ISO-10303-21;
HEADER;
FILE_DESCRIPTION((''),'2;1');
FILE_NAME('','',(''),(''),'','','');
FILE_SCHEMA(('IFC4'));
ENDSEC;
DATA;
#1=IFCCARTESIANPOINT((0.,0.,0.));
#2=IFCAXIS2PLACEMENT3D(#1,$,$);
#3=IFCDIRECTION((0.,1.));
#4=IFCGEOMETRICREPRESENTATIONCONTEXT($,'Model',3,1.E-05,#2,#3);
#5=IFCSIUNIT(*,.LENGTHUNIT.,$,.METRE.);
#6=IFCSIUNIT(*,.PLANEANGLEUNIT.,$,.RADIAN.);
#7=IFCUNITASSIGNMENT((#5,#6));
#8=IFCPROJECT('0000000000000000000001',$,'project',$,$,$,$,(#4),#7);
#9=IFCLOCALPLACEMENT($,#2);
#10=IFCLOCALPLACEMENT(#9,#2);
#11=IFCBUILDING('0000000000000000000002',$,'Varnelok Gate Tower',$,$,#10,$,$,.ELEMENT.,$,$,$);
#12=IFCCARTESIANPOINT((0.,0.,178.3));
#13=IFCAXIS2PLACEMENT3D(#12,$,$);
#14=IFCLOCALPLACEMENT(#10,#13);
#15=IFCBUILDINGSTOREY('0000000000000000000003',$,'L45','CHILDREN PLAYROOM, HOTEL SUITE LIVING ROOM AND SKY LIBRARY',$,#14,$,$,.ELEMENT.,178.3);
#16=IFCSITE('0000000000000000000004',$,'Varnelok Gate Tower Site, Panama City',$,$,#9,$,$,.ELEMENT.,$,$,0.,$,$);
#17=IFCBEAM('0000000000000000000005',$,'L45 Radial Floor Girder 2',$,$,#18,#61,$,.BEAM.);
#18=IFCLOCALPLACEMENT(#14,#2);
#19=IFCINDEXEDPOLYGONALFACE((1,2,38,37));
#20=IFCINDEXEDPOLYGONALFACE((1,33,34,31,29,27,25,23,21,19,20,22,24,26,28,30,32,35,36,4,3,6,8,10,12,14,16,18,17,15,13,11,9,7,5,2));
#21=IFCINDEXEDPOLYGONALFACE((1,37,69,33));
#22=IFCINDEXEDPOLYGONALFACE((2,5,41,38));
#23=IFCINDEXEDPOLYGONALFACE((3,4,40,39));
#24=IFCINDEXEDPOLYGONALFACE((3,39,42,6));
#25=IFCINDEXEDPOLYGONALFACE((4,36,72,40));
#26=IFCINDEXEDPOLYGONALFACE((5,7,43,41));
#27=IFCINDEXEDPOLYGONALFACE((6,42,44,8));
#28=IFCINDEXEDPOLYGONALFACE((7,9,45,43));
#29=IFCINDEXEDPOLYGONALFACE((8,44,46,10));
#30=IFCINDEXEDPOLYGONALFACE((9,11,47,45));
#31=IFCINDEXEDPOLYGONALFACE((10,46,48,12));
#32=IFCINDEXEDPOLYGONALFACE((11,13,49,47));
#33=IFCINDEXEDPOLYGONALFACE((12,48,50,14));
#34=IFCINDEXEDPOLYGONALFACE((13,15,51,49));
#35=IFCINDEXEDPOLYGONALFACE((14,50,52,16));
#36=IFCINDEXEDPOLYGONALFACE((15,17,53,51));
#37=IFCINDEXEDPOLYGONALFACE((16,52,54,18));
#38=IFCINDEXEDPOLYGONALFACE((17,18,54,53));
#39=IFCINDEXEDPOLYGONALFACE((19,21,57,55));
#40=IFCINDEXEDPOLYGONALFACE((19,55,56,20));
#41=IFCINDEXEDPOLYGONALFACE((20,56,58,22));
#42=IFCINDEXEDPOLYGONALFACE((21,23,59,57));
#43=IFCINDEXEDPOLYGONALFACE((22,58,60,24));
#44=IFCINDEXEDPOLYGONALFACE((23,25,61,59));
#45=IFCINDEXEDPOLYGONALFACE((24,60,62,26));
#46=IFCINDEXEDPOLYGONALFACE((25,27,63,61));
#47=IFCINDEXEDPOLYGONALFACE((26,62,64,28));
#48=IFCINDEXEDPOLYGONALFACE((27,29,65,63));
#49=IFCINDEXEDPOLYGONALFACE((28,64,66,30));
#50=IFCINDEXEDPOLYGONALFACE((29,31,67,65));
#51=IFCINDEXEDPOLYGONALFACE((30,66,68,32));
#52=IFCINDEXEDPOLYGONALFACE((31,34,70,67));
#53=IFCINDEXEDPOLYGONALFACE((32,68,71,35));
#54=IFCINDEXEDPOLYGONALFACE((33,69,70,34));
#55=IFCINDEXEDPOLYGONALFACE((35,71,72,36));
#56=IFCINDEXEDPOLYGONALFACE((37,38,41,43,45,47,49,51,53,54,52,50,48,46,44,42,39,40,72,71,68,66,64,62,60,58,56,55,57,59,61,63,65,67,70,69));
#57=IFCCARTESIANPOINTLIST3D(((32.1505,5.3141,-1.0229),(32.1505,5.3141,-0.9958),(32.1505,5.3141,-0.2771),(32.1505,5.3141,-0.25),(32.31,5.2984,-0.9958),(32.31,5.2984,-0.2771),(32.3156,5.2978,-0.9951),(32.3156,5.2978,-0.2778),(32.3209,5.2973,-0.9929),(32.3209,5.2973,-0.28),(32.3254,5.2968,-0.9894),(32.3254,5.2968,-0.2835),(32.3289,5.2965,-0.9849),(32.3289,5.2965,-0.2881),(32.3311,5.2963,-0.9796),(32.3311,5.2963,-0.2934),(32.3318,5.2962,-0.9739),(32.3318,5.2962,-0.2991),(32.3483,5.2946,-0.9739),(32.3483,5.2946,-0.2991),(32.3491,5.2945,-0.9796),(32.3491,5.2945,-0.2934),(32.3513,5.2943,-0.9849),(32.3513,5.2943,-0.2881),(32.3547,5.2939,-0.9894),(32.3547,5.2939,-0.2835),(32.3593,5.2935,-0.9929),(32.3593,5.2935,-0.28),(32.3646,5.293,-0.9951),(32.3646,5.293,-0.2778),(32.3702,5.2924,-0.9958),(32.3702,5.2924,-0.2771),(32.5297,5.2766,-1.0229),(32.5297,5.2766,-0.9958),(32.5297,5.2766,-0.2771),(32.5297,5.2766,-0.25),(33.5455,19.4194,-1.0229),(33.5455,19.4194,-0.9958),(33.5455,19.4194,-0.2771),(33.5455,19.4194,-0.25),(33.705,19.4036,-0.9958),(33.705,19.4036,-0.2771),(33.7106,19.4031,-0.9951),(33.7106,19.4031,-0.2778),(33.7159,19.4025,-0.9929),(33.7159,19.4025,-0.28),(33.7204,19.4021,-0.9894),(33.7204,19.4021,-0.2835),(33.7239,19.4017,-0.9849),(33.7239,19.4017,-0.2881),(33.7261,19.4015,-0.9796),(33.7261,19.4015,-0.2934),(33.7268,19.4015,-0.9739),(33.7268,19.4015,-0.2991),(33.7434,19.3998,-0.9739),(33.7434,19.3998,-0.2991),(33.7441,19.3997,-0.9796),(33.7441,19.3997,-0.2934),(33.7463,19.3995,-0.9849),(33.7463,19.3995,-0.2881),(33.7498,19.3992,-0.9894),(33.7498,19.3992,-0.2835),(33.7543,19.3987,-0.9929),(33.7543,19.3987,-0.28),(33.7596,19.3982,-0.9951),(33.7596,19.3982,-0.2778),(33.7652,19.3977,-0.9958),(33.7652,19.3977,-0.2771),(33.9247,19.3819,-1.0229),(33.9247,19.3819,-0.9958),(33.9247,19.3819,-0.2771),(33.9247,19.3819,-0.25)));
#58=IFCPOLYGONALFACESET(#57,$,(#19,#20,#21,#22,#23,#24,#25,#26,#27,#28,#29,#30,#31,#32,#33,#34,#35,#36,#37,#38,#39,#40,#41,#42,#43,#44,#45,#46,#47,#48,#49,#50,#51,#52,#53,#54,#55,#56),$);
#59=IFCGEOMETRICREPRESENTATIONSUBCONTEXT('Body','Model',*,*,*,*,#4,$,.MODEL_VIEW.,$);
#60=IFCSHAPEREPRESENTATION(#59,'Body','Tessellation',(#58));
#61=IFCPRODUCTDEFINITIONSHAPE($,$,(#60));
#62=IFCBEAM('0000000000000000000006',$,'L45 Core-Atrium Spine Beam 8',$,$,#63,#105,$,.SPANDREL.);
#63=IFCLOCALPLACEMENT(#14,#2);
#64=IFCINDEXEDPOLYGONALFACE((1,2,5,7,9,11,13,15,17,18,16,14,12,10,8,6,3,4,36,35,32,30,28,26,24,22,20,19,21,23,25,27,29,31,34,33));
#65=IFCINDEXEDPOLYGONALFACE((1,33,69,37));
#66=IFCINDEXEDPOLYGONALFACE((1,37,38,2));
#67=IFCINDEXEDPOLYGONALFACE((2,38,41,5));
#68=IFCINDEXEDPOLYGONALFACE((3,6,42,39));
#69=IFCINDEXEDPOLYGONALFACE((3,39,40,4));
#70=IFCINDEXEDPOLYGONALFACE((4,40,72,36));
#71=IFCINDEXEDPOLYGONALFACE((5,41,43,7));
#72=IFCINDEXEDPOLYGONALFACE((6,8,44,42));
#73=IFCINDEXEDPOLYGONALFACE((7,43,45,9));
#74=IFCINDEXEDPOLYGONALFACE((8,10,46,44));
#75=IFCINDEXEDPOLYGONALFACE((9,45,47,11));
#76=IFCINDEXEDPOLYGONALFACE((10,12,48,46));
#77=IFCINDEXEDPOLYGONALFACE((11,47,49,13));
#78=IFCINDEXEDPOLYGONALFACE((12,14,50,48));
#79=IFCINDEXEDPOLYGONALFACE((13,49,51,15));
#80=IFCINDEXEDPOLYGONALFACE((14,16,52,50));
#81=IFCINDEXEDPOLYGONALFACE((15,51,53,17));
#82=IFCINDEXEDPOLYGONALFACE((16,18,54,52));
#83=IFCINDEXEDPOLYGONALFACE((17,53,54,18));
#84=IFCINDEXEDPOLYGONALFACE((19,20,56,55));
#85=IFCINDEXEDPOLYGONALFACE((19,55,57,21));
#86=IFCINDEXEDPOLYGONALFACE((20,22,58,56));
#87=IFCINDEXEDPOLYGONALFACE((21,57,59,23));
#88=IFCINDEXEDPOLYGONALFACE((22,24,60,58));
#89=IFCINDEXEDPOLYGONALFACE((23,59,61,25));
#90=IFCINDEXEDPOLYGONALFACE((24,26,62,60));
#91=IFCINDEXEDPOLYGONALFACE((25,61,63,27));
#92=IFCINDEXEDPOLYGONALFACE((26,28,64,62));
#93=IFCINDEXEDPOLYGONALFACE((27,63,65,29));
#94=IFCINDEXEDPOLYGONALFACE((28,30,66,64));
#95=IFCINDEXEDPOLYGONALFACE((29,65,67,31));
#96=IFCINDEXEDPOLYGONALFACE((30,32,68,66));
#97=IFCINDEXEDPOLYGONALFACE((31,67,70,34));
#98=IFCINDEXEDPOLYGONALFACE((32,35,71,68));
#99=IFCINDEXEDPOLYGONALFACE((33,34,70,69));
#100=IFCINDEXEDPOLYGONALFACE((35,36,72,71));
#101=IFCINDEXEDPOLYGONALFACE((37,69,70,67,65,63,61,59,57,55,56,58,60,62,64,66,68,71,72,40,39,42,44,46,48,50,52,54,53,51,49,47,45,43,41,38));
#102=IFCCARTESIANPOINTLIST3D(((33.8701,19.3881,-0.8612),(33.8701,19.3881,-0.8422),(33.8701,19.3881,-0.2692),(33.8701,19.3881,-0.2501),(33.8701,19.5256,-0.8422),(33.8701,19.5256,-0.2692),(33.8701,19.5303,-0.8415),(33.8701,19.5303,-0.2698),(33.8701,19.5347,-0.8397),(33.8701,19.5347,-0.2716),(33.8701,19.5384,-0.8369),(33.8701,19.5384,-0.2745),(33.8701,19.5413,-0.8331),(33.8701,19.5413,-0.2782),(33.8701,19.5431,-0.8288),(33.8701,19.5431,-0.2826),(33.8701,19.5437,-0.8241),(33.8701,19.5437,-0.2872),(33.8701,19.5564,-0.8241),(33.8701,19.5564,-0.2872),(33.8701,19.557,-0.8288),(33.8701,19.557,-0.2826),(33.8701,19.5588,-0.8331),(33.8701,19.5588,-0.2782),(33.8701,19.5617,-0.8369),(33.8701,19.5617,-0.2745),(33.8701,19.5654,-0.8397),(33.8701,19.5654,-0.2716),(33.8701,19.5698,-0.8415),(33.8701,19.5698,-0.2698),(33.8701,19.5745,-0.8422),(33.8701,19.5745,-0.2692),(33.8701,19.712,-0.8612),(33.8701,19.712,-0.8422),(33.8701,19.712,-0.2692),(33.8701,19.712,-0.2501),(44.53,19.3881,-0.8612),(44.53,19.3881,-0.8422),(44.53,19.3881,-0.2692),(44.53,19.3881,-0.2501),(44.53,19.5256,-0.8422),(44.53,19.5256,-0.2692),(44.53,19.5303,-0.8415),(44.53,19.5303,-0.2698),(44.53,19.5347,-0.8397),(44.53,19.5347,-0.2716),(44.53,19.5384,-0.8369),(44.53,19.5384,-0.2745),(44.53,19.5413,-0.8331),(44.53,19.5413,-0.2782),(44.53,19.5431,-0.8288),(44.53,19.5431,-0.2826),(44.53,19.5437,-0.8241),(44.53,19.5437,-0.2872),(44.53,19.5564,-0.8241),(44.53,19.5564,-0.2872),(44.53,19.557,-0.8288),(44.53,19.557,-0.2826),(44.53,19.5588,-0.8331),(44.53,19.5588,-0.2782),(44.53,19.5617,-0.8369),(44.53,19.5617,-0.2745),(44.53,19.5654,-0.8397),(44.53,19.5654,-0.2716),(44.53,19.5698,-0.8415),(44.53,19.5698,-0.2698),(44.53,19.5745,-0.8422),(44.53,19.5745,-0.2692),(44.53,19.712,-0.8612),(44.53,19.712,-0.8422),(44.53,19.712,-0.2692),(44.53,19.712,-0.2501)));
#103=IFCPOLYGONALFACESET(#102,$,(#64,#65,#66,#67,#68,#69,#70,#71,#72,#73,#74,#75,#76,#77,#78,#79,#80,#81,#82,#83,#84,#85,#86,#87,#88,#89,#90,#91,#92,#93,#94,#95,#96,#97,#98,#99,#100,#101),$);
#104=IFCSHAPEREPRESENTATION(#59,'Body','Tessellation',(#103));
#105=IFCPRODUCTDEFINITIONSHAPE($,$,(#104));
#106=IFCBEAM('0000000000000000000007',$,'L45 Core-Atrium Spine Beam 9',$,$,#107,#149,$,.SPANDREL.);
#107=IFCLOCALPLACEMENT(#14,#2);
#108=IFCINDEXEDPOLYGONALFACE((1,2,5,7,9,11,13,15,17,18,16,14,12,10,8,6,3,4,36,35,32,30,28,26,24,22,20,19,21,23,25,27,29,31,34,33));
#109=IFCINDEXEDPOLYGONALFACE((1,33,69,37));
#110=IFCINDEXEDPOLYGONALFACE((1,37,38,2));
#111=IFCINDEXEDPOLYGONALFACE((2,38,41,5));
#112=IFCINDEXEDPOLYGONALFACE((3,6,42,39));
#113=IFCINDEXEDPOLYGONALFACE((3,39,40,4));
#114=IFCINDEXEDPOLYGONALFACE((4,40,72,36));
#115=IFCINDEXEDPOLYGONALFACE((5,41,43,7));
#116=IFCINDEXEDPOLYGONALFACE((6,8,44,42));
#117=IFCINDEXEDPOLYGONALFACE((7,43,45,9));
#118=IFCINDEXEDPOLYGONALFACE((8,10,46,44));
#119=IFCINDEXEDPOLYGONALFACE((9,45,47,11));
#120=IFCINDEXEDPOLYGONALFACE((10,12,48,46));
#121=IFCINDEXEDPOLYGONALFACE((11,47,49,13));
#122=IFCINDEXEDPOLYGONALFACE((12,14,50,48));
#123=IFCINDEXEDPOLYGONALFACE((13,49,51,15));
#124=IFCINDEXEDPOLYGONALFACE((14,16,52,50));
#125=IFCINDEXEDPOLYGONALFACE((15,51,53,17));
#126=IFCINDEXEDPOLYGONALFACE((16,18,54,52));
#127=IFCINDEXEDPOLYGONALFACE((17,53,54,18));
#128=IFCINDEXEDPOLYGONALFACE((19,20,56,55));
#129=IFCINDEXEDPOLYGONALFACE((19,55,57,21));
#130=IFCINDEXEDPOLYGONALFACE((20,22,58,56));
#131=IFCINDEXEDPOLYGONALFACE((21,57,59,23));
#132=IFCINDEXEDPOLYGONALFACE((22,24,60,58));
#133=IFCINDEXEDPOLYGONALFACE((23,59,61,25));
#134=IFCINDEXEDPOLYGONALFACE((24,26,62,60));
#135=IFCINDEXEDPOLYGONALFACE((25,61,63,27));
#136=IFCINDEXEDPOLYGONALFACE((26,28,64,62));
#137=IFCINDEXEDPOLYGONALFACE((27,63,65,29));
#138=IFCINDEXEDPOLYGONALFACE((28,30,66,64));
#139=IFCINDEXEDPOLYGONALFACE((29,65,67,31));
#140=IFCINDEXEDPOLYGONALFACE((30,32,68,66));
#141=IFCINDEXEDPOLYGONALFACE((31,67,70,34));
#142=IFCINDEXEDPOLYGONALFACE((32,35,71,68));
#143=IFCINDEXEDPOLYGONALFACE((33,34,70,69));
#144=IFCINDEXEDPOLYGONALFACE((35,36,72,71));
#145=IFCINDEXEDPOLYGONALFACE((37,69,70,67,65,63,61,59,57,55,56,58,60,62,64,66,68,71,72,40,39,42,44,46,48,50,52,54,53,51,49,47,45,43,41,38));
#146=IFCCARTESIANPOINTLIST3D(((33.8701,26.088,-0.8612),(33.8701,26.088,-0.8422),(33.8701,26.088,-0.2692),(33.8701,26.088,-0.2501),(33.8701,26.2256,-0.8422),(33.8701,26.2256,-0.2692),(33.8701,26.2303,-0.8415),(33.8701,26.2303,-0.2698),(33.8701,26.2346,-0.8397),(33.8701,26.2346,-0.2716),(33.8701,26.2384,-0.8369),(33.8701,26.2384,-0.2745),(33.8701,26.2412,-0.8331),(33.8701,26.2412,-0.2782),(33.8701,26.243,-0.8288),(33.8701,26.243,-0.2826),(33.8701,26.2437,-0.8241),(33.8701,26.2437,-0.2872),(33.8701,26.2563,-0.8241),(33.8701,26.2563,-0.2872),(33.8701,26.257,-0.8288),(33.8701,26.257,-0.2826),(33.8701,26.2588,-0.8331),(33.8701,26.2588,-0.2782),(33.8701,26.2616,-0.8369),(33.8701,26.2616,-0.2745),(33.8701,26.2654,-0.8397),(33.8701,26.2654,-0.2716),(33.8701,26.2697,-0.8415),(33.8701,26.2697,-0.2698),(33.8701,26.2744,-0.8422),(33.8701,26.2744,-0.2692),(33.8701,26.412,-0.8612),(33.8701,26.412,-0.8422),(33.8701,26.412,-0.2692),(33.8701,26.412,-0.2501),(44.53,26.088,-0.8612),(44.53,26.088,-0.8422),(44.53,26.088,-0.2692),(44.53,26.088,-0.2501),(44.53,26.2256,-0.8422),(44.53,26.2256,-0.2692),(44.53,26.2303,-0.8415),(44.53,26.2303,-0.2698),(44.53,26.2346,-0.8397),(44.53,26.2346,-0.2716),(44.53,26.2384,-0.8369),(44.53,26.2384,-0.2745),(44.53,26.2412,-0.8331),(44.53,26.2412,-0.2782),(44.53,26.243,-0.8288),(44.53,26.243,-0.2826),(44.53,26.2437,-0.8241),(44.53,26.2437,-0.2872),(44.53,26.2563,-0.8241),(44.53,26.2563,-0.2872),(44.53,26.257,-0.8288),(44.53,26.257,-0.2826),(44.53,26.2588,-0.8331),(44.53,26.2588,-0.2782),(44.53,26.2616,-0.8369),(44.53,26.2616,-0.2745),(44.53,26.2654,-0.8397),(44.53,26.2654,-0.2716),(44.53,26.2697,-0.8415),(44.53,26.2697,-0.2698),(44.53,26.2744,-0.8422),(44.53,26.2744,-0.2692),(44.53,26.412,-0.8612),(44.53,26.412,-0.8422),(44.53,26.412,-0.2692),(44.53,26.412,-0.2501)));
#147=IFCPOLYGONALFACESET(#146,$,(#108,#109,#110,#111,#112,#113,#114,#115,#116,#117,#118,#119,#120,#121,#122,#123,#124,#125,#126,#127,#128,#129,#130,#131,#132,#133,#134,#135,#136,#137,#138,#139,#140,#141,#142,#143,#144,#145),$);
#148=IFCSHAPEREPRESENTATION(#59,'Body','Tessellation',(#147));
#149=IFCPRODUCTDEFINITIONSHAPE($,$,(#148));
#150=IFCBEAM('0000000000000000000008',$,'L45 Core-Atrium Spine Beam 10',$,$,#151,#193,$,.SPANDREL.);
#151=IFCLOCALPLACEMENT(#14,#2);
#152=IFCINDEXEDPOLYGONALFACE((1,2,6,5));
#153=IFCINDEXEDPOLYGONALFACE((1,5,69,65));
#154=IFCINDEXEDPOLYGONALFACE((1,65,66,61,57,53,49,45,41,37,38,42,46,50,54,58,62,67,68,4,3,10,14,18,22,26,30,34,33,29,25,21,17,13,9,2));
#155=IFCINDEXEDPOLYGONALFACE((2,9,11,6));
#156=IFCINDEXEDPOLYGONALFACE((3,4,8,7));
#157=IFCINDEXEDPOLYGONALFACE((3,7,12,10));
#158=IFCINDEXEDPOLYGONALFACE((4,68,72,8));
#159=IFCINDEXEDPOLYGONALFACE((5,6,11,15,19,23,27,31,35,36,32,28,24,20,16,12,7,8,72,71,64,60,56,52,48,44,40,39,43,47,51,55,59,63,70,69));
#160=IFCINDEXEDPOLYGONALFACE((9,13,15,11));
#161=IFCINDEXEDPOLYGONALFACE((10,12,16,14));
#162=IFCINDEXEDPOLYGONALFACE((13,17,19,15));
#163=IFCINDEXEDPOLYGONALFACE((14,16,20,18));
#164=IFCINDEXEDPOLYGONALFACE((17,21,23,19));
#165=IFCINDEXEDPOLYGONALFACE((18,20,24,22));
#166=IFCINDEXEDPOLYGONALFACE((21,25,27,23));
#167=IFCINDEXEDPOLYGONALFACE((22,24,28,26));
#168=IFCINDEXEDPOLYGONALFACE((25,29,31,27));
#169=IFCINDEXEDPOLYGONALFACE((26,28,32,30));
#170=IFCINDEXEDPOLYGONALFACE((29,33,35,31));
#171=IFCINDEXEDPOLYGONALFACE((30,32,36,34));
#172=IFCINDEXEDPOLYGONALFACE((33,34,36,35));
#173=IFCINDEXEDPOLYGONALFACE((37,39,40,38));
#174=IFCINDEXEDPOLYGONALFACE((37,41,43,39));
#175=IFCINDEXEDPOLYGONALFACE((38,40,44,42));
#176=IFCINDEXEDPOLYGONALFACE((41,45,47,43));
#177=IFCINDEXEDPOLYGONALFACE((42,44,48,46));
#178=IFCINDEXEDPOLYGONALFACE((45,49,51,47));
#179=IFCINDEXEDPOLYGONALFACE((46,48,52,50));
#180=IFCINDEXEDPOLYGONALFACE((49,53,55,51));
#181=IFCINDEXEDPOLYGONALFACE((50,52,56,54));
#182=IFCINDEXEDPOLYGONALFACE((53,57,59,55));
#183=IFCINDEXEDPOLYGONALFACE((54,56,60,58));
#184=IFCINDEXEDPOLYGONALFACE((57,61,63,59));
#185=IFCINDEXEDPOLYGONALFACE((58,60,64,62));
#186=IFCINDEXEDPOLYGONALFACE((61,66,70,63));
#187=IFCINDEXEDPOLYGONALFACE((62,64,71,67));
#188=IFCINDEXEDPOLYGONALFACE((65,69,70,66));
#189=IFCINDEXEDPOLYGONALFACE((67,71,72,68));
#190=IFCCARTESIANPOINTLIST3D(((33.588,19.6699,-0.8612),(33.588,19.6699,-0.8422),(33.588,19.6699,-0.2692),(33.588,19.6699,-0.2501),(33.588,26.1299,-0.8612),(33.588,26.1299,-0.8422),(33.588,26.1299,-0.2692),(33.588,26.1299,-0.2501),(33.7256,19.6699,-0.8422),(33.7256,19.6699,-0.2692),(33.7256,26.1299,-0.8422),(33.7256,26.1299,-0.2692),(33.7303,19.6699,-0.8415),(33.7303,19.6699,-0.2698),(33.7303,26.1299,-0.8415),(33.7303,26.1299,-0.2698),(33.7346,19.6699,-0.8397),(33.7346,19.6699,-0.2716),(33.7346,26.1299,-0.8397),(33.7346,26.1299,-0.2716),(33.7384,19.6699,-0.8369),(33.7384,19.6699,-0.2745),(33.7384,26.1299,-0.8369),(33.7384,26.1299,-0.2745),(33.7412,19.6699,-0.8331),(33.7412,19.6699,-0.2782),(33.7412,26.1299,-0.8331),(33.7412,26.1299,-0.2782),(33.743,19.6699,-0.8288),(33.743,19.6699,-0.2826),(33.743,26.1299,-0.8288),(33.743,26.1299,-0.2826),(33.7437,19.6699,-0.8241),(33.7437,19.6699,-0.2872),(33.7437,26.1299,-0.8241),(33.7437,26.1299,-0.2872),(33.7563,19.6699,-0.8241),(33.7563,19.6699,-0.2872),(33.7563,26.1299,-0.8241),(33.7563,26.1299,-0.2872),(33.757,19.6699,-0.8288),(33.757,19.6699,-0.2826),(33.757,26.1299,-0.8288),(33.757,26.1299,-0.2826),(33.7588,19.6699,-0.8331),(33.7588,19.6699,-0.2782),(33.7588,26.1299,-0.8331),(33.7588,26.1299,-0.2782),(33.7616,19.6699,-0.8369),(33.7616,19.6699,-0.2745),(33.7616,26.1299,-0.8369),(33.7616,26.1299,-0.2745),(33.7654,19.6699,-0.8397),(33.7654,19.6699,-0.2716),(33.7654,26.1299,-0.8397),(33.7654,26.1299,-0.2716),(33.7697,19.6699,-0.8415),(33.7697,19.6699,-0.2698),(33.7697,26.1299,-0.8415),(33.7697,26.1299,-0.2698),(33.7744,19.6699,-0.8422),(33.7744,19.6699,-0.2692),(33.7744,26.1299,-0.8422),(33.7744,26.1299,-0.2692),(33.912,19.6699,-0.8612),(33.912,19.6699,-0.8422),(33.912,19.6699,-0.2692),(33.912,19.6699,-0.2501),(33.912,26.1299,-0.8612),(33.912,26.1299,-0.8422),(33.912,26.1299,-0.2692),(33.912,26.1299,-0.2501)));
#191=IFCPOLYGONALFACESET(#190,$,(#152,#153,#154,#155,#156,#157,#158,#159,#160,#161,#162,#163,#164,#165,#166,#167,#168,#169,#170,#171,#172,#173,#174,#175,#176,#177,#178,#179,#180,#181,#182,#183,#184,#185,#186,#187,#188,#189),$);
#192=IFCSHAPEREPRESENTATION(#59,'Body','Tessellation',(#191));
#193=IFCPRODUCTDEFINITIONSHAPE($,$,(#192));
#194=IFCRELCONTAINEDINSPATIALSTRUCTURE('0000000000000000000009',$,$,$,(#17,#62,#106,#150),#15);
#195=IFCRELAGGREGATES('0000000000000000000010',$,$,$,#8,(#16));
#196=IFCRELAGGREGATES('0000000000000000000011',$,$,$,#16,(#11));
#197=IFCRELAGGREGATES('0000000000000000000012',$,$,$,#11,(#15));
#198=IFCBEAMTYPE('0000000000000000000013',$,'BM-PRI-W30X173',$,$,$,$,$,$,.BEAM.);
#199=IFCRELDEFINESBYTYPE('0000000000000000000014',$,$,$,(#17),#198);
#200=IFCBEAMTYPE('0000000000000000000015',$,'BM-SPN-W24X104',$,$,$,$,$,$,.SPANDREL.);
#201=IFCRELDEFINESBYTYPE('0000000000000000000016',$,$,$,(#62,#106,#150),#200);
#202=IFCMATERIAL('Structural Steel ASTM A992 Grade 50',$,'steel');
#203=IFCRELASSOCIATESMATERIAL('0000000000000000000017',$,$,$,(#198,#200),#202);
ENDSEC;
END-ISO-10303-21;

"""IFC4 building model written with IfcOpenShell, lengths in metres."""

from ifc_helpers import new_model, si_unit, direction, frame, origin, origin_2d, place, context, subcontext, project, spatial, i_section, extrude, material, material_profile, profile_set, type_object, element, save


model = new_model("IFC4")

# Units and contexts
model_context = context("Model", 3, precision=1e-05, world=origin(), true_north=direction((0.0, 1.0)))
body_context = subcontext(model_context, "Body", "Model", "MODEL_VIEW")
ifc_project = project(units=[si_unit("LENGTHUNIT", "METRE"), si_unit("PLANEANGLEUNIT", "RADIAN")], contexts=[model_context])

# Site, building, storey
site_placement = place(None, origin())
site = spatial("IfcSite", under=ifc_project, at=site_placement, Name="Varnelok Gate Tower Site, Panama City", CompositionType="ELEMENT", RefElevation=0.0)
building_placement = place(site_placement, origin())
building = spatial("IfcBuilding", under=site, at=building_placement, Name="Varnelok Gate Tower", CompositionType="ELEMENT")
storey_placement = place(building_placement, frame((0.0, 0.0, 178.3)))
storey = spatial("IfcBuildingStorey", under=building, at=storey_placement, Name="L45", Description="CHILDREN PLAYROOM, HOTEL SUITE LIVING ROOM AND SKY LIBRARY", CompositionType="ELEMENT", Elevation=178.3)

# Shared definitions
ifc_material_1 = material(Name="Structural Steel ASTM A992 Grade 50", Category="steel")

# Beams
ifc_material_profile_1 = material_profile(ifc_material_1, i_section(OverallWidth=0.3811, OverallDepth=0.7729, WebThickness=0.0166, FlangeThickness=0.0271, FilletRadius=0.022, at=origin_2d()), Name="W30X173")
ifc_profile_set_1 = profile_set([ifc_material_profile_1], Name="Structural Steel ASTM A992 Grade 50")
beam_type_1 = type_object("IfcBeamType", Name="BM-PRI-W30X173", PredefinedType="BEAM", material=ifc_profile_set_1)
beam_1_placement = place(storey_placement, frame((33.7351, 19.4006, -0.6365), z_axis=(-0.098421, -0.995145, 0.0), x_axis=(0.995145, -0.098421, 0.0)))
element("IfcBeam", 1, at=beam_1_placement, inside=storey, type_object=beam_type_1, Name="L45 Radial Floor Girder 2", PredefinedType="BEAM", context=body_context, shape_type="SweptSolid", body=[
    extrude(i_section(OverallWidth=0.3811, OverallDepth=0.7729, WebThickness=0.0166, FlangeThickness=0.0271, FilletRadius=0.022, at=origin_2d()), origin(), (0.0, 0.0, 1.0), 14.1741),
])
ifc_material_profile_2 = material_profile(ifc_material_1, i_section(OverallWidth=0.324, OverallDepth=0.6111, WebThickness=0.0127, FlangeThickness=0.019, FilletRadius=0.0181, at=origin_2d()), Name="W24X104")
ifc_profile_set_2 = profile_set([ifc_material_profile_2], Name="Structural Steel ASTM A992 Grade 50")
beam_type_2 = type_object("IfcBeamType", Name="BM-SPN-W24X104", PredefinedType="SPANDREL", material=ifc_profile_set_2)
for number, where, z_axis, x_axis, name in (
    (2, (33.8701, 19.55, -0.5557), (1.0, 0.0, 0.0), (0.0, 1.0, 0.0), "L45 Core-Atrium Spine Beam 8"),
    (3, (33.8701, 26.25, -0.5557), (1.0, 0.0, 0.0), (0.0, 1.0, 0.0), "L45 Core-Atrium Spine Beam 9"),
):
    element("IfcBeam", number, at=place(storey_placement, frame(where, z_axis=z_axis, x_axis=x_axis)), inside=storey, type_object=beam_type_2, Name=name, PredefinedType="SPANDREL", context=body_context, shape_type="SweptSolid", body=[
        extrude(i_section(OverallWidth=0.324, OverallDepth=0.6111, WebThickness=0.0127, FlangeThickness=0.019, FilletRadius=0.0181, at=origin_2d()), origin(), (0.0, 0.0, 1.0), 10.6599),
    ])
beam_2_placement = place(storey_placement, frame((33.75, 19.6699, -0.5557), z_axis=(0.0, 1.0, 0.0), x_axis=(-1.0, 0.0, 0.0)))
element("IfcBeam", 4, at=beam_2_placement, inside=storey, type_object=beam_type_2, Name="L45 Core-Atrium Spine Beam 10", PredefinedType="SPANDREL", context=body_context, shape_type="SweptSolid", body=[
    extrude(i_section(OverallWidth=0.324, OverallDepth=0.6111, WebThickness=0.0127, FlangeThickness=0.019, FilletRadius=0.0181, at=origin_2d()), origin(), (0.0, 0.0, 1.0), 6.46),
])

save(model, "model.ifc")
